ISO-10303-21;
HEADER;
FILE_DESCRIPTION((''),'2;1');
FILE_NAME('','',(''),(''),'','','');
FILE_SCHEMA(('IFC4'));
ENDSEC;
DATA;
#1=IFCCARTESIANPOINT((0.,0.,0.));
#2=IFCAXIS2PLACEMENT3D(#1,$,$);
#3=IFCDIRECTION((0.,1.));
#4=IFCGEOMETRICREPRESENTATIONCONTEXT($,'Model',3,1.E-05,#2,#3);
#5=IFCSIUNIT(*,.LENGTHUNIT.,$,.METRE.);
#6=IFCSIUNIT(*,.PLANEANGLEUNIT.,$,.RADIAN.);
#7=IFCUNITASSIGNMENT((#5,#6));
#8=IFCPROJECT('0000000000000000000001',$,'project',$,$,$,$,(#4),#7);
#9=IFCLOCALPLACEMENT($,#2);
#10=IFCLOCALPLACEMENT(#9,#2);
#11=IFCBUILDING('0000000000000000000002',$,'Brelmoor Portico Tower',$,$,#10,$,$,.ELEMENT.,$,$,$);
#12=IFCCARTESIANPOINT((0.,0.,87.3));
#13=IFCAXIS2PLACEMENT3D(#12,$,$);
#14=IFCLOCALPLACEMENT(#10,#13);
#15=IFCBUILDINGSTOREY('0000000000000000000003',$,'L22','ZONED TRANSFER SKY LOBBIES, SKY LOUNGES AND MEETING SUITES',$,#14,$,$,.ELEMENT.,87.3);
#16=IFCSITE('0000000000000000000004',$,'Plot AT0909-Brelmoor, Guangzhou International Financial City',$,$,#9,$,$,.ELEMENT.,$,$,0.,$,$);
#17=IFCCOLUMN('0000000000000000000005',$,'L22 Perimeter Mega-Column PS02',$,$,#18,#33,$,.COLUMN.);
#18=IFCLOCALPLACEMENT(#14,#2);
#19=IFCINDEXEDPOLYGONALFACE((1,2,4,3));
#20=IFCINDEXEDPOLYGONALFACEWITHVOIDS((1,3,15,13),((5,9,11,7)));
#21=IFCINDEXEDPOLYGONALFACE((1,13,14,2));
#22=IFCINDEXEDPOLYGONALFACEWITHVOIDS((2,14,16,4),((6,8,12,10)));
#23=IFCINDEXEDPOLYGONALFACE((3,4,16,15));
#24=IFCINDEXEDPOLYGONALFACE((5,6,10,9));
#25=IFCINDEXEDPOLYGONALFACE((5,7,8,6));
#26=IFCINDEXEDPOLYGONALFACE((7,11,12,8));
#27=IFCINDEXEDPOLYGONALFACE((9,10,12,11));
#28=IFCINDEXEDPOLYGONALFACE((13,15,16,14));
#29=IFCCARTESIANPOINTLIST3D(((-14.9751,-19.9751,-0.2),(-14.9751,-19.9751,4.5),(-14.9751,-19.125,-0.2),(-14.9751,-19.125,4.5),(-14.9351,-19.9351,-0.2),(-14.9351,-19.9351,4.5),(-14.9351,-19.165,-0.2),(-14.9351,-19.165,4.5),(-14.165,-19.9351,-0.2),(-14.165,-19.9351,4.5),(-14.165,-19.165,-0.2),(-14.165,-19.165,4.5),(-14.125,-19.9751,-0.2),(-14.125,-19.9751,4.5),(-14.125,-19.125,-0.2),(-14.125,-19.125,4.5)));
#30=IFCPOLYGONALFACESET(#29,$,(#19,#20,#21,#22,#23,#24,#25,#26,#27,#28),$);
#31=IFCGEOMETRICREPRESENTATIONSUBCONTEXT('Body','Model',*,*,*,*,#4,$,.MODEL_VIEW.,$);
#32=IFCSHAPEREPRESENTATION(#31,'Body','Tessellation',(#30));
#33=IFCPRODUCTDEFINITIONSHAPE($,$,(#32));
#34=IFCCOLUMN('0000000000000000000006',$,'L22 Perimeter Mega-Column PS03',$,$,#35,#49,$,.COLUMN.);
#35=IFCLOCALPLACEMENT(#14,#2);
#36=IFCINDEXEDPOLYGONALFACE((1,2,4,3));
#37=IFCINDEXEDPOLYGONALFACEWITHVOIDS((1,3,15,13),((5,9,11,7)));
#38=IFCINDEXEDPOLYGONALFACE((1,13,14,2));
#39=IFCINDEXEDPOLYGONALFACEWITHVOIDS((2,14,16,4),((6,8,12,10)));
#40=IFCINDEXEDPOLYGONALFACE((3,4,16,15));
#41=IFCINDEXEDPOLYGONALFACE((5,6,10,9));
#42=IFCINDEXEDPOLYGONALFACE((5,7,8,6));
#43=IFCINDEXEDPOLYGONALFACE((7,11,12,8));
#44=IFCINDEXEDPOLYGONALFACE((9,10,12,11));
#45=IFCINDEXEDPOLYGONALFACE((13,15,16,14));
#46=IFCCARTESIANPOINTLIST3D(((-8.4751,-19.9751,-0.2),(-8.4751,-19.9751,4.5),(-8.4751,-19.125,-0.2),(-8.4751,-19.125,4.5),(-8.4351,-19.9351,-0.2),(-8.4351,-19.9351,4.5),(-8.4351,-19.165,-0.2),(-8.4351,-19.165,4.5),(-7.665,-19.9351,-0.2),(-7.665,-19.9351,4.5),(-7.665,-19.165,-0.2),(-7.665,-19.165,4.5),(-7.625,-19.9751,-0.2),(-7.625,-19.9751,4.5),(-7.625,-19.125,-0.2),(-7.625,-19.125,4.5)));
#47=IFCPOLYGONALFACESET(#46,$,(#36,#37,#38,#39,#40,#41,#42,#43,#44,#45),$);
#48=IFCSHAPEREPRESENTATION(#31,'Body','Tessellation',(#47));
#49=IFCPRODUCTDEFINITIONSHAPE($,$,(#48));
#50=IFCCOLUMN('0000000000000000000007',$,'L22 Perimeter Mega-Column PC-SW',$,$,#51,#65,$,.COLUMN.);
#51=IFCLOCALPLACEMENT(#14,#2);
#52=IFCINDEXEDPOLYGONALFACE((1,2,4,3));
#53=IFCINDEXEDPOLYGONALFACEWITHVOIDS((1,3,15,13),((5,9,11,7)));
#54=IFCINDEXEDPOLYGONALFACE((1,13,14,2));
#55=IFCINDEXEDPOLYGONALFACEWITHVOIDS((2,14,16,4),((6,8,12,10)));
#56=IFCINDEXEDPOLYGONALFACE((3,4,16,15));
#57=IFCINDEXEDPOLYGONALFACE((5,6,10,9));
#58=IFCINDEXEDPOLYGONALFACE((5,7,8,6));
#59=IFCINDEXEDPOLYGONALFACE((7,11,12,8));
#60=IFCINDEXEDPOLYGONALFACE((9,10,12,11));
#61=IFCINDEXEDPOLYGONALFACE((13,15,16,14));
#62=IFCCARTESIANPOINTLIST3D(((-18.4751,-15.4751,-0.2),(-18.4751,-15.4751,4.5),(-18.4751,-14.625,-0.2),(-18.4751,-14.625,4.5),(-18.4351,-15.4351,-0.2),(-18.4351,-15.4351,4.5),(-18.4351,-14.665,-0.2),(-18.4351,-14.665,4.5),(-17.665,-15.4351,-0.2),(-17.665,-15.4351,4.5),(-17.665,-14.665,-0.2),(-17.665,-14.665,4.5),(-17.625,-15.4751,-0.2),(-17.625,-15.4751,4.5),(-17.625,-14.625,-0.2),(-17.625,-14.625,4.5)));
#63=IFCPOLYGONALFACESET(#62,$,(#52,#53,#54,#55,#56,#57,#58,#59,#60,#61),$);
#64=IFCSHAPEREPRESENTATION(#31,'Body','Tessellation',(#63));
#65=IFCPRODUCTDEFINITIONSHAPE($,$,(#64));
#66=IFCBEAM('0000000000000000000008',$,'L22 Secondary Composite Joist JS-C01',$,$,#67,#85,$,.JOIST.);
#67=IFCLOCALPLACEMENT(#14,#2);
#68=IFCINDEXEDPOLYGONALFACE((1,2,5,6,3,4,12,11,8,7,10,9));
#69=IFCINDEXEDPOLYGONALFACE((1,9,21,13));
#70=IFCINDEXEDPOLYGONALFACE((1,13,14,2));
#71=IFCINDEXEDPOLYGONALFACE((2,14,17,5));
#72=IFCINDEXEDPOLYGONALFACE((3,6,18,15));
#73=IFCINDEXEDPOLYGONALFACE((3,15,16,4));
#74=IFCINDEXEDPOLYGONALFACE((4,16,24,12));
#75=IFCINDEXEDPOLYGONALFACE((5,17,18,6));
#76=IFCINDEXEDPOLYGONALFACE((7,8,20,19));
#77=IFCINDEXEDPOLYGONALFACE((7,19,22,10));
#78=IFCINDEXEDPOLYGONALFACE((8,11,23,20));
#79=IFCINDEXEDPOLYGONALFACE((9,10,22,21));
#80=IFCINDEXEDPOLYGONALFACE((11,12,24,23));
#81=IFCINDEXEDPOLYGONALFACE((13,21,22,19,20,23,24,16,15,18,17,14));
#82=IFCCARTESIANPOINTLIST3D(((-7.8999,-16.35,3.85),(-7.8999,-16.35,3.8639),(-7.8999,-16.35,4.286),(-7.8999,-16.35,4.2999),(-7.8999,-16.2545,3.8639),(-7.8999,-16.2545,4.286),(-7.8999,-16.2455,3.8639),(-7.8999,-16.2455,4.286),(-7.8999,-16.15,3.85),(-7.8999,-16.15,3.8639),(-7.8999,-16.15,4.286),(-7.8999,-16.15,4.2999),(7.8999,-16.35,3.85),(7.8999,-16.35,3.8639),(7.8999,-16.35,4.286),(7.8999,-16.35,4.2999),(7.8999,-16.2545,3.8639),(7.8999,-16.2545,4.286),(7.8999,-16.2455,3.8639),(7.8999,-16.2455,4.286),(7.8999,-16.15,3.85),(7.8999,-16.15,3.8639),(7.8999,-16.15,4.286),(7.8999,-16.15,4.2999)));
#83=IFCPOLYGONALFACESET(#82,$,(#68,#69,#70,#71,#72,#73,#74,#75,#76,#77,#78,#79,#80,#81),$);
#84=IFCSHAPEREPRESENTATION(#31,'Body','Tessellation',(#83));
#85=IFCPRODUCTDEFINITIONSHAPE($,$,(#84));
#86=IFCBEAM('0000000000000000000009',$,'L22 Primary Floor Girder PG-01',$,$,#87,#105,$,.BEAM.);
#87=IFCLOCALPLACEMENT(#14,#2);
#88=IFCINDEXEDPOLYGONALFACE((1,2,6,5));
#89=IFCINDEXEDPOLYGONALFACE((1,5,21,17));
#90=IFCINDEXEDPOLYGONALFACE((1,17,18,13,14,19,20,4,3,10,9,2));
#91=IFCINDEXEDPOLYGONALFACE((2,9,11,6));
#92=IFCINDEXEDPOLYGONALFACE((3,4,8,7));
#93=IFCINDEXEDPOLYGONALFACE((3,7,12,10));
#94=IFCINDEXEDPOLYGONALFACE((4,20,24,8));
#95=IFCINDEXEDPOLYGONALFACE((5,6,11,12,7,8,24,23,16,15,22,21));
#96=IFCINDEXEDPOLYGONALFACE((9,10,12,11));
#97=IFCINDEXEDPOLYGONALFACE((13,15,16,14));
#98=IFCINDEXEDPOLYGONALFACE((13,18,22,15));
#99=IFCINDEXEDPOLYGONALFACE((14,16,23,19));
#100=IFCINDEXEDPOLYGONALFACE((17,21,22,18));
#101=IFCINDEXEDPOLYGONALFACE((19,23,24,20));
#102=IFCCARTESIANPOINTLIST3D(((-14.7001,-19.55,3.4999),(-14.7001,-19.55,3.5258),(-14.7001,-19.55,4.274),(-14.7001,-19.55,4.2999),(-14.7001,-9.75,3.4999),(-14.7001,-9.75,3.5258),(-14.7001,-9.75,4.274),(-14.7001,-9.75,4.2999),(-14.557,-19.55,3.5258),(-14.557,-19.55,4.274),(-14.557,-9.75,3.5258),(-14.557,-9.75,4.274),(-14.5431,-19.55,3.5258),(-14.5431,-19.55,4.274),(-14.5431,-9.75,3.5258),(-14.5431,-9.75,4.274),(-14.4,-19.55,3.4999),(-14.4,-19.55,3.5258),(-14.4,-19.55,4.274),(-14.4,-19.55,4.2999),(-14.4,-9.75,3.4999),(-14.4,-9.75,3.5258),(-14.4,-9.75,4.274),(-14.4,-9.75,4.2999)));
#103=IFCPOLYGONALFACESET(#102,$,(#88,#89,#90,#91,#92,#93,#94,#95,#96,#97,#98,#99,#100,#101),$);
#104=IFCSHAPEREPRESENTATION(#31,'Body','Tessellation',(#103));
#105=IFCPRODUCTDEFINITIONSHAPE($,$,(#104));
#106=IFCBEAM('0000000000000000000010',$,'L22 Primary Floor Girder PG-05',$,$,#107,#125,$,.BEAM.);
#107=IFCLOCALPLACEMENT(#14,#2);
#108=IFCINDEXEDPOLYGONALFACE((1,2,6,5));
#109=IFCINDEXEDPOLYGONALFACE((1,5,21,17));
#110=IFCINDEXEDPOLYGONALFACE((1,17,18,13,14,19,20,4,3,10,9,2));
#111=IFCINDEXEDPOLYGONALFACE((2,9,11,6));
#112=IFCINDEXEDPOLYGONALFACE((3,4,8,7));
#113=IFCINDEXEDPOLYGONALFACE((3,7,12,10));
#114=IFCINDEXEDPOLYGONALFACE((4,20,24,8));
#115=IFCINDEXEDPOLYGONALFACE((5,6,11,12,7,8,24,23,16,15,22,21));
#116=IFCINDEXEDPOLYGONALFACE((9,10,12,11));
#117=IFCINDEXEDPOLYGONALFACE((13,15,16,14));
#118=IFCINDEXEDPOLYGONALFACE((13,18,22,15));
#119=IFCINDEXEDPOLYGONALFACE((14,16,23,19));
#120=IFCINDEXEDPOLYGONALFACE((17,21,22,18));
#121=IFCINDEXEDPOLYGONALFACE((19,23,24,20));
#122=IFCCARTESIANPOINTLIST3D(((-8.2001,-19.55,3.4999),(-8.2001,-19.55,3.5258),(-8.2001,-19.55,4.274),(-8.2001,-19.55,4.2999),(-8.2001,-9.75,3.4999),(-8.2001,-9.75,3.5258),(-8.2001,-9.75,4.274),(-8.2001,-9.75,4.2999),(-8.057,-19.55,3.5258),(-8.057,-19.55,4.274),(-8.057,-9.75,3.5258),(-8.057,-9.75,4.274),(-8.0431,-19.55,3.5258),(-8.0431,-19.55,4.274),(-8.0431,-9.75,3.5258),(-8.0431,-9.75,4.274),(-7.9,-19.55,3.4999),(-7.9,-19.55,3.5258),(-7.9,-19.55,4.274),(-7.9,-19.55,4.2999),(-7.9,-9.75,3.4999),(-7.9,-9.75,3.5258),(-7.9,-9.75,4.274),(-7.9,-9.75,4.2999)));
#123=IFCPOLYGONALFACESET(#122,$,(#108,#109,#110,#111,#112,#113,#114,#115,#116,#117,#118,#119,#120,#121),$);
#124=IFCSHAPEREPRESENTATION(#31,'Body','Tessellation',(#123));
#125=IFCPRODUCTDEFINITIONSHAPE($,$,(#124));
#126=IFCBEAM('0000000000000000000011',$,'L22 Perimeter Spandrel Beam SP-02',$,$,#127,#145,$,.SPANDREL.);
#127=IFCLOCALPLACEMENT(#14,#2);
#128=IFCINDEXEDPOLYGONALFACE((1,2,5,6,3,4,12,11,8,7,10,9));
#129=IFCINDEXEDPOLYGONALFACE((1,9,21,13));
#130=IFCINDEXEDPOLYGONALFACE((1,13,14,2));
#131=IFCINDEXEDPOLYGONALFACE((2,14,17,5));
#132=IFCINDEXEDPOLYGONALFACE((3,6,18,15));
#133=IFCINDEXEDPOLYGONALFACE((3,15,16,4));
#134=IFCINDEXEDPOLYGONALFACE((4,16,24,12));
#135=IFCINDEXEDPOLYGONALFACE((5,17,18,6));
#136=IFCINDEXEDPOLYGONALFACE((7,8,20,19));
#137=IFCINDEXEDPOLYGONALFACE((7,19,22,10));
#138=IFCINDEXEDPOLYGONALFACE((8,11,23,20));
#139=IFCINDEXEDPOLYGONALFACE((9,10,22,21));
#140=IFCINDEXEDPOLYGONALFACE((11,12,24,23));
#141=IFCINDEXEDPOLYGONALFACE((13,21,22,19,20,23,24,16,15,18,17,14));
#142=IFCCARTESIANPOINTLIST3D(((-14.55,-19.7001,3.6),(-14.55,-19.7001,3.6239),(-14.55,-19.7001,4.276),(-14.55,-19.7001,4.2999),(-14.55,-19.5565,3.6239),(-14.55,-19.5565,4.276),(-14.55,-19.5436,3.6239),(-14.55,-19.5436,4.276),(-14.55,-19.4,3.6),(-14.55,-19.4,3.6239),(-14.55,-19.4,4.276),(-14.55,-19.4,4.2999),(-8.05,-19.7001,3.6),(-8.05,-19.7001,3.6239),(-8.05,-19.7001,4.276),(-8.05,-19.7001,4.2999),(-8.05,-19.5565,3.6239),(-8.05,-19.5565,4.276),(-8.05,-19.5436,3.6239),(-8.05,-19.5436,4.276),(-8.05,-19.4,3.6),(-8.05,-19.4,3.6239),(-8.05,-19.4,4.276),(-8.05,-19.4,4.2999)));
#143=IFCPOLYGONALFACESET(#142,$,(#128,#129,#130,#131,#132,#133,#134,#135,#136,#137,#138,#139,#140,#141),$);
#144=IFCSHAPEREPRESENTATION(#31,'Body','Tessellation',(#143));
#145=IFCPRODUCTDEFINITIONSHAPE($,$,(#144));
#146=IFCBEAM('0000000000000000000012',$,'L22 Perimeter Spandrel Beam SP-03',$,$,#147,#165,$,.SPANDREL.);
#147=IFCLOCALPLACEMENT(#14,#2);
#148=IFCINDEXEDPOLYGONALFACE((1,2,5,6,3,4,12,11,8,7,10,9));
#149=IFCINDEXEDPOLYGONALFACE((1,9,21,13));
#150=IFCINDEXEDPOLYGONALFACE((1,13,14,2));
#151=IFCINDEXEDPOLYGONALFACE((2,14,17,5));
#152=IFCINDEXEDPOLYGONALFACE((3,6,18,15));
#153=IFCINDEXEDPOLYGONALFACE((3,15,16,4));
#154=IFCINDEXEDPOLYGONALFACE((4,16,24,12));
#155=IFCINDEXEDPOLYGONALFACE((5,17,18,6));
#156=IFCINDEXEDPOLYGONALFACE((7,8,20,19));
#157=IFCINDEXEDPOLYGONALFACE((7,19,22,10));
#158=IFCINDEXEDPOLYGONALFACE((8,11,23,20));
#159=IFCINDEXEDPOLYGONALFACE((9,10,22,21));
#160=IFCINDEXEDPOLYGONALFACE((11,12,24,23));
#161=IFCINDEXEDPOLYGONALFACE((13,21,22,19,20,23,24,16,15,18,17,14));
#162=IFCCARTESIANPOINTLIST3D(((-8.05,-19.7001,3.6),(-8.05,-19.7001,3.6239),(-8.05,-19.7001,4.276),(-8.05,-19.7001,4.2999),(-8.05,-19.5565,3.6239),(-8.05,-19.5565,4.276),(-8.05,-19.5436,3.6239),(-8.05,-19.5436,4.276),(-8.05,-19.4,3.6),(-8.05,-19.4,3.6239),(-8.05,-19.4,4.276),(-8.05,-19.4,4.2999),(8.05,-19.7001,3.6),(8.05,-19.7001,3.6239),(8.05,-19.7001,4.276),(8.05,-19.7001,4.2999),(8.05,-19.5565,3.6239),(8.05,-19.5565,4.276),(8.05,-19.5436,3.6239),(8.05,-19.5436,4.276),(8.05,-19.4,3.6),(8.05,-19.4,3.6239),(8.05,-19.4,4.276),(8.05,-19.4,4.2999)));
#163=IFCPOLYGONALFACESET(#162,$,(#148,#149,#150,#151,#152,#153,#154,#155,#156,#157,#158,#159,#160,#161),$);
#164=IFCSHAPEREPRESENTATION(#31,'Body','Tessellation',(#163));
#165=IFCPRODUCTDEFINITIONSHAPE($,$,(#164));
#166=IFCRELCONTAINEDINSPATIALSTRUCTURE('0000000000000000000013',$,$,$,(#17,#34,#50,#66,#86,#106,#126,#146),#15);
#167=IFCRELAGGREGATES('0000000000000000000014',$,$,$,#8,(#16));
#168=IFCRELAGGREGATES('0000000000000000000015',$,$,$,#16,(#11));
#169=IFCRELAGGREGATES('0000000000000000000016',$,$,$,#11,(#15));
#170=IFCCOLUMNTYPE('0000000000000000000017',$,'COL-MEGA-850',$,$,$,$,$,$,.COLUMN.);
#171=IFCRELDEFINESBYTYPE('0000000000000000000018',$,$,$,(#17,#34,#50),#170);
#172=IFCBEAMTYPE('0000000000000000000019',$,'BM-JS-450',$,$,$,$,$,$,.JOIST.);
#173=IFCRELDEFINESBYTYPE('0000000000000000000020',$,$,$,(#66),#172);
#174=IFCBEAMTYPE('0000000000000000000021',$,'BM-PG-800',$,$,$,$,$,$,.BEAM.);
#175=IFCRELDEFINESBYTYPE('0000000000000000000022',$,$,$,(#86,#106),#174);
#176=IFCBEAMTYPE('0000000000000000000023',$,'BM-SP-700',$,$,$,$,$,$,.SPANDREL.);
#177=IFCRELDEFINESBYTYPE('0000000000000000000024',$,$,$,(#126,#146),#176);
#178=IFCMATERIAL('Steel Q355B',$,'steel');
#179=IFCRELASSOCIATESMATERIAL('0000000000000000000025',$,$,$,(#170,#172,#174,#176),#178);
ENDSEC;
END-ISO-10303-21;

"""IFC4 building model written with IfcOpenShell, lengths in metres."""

from ifc_helpers import new_model, si_unit, direction, frame, origin, origin_2d, place, context, subcontext, project, spatial, hollow_rectangle, i_section, extrude, material, material_profile, profile_set, type_object, element, save


model = new_model("IFC4")

# Units and contexts
model_context = context("Model", 3, precision=1e-05, world=origin(), true_north=direction((0.0, 1.0)))
body_context = subcontext(model_context, "Body", "Model", "MODEL_VIEW")
ifc_project = project(units=[si_unit("LENGTHUNIT", "METRE"), si_unit("PLANEANGLEUNIT", "RADIAN")], contexts=[model_context])

# Site, building, storey
site_placement = place(None, origin())
site = spatial("IfcSite", under=ifc_project, at=site_placement, Name="Plot AT0909-Brelmoor, Guangzhou International Financial City", CompositionType="ELEMENT", RefElevation=0.0)
building_placement = place(site_placement, origin())
building = spatial("IfcBuilding", under=site, at=building_placement, Name="Brelmoor Portico Tower", CompositionType="ELEMENT")
storey_placement = place(building_placement, frame((0.0, 0.0, 87.3)))
storey = spatial("IfcBuildingStorey", under=building, at=storey_placement, Name="L22", Description="ZONED TRANSFER SKY LOBBIES, SKY LOUNGES AND MEETING SUITES", CompositionType="ELEMENT", Elevation=87.3)

# Columns
ifc_material_1 = material(Name="Steel Q355B", Category="steel")
ifc_material_profile_1 = material_profile(ifc_material_1, hollow_rectangle(XDim=0.8501, YDim=0.8501, WallThickness=0.04, at=origin_2d()), Name="BOX 850x850x40")
ifc_profile_set_1 = profile_set([ifc_material_profile_1], Name="Steel Q355B")
column_type = type_object("IfcColumnType", Name="COL-MEGA-850", PredefinedType="COLUMN", material=ifc_profile_set_1)
for number, where, z_axis, x_axis, name in (
    (1, (-14.55, -19.55, -0.2), (0.0, 0.0, 1.0), (1.0, 0.0, 0.0), "L22 Perimeter Mega-Column PS02"),
    (2, (-8.05, -19.55, -0.2), (0.0, 0.0, 1.0), (1.0, 0.0, 0.0), "L22 Perimeter Mega-Column PS03"),
    (3, (-18.05, -15.05, -0.2), (0.0, 0.0, 1.0), (1.0, 0.0, 0.0), "L22 Perimeter Mega-Column PC-SW"),
):
    element("IfcColumn", number, at=place(storey_placement, frame(where, z_axis=z_axis, x_axis=x_axis)), inside=storey, type_object=column_type, Name=name, PredefinedType="COLUMN", context=body_context, shape_type="SweptSolid", body=[
        extrude(hollow_rectangle(XDim=0.8501, YDim=0.8501, WallThickness=0.04, at=origin_2d()), origin(), (0.0, 0.0, 1.0), 4.7),
    ])

# Beams
ifc_material_profile_2 = material_profile(ifc_material_1, i_section(OverallWidth=0.2, OverallDepth=0.45, WebThickness=0.009, FlangeThickness=0.0139, at=origin_2d()), Name="HN 450x200x9x14")
ifc_profile_set_2 = profile_set([ifc_material_profile_2], Name="Steel Q355B")
beam_type_1 = type_object("IfcBeamType", Name="BM-JS-450", PredefinedType="JOIST", material=ifc_profile_set_2)
beam_1_placement = place(storey_placement, frame((-7.8999, -16.25, 4.075), z_axis=(1.0, 0.0, 0.0), x_axis=(0.0, 1.0, 0.0)))
element("IfcBeam", 4, at=beam_1_placement, inside=storey, type_object=beam_type_1, Name="L22 Secondary Composite Joist JS-C01", PredefinedType="JOIST", context=body_context, shape_type="SweptSolid", body=[
    extrude(i_section(OverallWidth=0.2, OverallDepth=0.45, WebThickness=0.009, FlangeThickness=0.0139, at=origin_2d()), origin(), (0.0, 0.0, 1.0), 15.7998),
])
ifc_material_profile_3 = material_profile(ifc_material_1, i_section(OverallWidth=0.3, OverallDepth=0.8, WebThickness=0.0139, FlangeThickness=0.0259, at=origin_2d()), Name="HN 800x300x14x26")
ifc_profile_set_3 = profile_set([ifc_material_profile_3], Name="Steel Q355B")
beam_type_2 = type_object("IfcBeamType", Name="BM-PG-800", PredefinedType="BEAM", material=ifc_profile_set_3)
for number, where, z_axis, x_axis, name in (
    (5, (-14.55, -19.55, 3.8999), (0.0, 1.0, 0.0), (-1.0, 0.0, 0.0), "L22 Primary Floor Girder PG-01"),
    (6, (-8.05, -19.55, 3.8999), (0.0, 1.0, 0.0), (-1.0, 0.0, 0.0), "L22 Primary Floor Girder PG-05"),
):
    element("IfcBeam", number, at=place(storey_placement, frame(where, z_axis=z_axis, x_axis=x_axis)), inside=storey, type_object=beam_type_2, Name=name, PredefinedType="BEAM", context=body_context, shape_type="SweptSolid", body=[
        extrude(i_section(OverallWidth=0.3, OverallDepth=0.8, WebThickness=0.0139, FlangeThickness=0.0259, at=origin_2d()), origin(), (0.0, 0.0, 1.0), 9.8),
    ])
ifc_material_profile_4 = material_profile(ifc_material_1, i_section(OverallWidth=0.3, OverallDepth=0.7, WebThickness=0.0129, FlangeThickness=0.0239, at=origin_2d()), Name="HN 700x300x13x24")
ifc_profile_set_4 = profile_set([ifc_material_profile_4], Name="Steel Q355B")
beam_type_3 = type_object("IfcBeamType", Name="BM-SP-700", PredefinedType="SPANDREL", material=ifc_profile_set_4)
beam_2_placement = place(storey_placement, frame((-14.55, -19.55, 3.95), z_axis=(1.0, 0.0, 0.0), x_axis=(0.0, 1.0, 0.0)))
element("IfcBeam", 7, at=beam_2_placement, inside=storey, type_object=beam_type_3, Name="L22 Perimeter Spandrel Beam SP-02", PredefinedType="SPANDREL", context=body_context, shape_type="SweptSolid", body=[
    extrude(i_section(OverallWidth=0.3, OverallDepth=0.7, WebThickness=0.0129, FlangeThickness=0.0239, at=origin_2d()), origin(), (0.0, 0.0, 1.0), 6.5),
])
beam_3_placement = place(storey_placement, frame((-8.05, -19.55, 3.95), z_axis=(1.0, 0.0, 0.0), x_axis=(0.0, 1.0, 0.0)))
element("IfcBeam", 8, at=beam_3_placement, inside=storey, type_object=beam_type_3, Name="L22 Perimeter Spandrel Beam SP-03", PredefinedType="SPANDREL", context=body_context, shape_type="SweptSolid", body=[
    extrude(i_section(OverallWidth=0.3, OverallDepth=0.7, WebThickness=0.0129, FlangeThickness=0.0239, at=origin_2d()), origin(), (0.0, 0.0, 1.0), 16.1001),
])

save(model, "model.ifc")
